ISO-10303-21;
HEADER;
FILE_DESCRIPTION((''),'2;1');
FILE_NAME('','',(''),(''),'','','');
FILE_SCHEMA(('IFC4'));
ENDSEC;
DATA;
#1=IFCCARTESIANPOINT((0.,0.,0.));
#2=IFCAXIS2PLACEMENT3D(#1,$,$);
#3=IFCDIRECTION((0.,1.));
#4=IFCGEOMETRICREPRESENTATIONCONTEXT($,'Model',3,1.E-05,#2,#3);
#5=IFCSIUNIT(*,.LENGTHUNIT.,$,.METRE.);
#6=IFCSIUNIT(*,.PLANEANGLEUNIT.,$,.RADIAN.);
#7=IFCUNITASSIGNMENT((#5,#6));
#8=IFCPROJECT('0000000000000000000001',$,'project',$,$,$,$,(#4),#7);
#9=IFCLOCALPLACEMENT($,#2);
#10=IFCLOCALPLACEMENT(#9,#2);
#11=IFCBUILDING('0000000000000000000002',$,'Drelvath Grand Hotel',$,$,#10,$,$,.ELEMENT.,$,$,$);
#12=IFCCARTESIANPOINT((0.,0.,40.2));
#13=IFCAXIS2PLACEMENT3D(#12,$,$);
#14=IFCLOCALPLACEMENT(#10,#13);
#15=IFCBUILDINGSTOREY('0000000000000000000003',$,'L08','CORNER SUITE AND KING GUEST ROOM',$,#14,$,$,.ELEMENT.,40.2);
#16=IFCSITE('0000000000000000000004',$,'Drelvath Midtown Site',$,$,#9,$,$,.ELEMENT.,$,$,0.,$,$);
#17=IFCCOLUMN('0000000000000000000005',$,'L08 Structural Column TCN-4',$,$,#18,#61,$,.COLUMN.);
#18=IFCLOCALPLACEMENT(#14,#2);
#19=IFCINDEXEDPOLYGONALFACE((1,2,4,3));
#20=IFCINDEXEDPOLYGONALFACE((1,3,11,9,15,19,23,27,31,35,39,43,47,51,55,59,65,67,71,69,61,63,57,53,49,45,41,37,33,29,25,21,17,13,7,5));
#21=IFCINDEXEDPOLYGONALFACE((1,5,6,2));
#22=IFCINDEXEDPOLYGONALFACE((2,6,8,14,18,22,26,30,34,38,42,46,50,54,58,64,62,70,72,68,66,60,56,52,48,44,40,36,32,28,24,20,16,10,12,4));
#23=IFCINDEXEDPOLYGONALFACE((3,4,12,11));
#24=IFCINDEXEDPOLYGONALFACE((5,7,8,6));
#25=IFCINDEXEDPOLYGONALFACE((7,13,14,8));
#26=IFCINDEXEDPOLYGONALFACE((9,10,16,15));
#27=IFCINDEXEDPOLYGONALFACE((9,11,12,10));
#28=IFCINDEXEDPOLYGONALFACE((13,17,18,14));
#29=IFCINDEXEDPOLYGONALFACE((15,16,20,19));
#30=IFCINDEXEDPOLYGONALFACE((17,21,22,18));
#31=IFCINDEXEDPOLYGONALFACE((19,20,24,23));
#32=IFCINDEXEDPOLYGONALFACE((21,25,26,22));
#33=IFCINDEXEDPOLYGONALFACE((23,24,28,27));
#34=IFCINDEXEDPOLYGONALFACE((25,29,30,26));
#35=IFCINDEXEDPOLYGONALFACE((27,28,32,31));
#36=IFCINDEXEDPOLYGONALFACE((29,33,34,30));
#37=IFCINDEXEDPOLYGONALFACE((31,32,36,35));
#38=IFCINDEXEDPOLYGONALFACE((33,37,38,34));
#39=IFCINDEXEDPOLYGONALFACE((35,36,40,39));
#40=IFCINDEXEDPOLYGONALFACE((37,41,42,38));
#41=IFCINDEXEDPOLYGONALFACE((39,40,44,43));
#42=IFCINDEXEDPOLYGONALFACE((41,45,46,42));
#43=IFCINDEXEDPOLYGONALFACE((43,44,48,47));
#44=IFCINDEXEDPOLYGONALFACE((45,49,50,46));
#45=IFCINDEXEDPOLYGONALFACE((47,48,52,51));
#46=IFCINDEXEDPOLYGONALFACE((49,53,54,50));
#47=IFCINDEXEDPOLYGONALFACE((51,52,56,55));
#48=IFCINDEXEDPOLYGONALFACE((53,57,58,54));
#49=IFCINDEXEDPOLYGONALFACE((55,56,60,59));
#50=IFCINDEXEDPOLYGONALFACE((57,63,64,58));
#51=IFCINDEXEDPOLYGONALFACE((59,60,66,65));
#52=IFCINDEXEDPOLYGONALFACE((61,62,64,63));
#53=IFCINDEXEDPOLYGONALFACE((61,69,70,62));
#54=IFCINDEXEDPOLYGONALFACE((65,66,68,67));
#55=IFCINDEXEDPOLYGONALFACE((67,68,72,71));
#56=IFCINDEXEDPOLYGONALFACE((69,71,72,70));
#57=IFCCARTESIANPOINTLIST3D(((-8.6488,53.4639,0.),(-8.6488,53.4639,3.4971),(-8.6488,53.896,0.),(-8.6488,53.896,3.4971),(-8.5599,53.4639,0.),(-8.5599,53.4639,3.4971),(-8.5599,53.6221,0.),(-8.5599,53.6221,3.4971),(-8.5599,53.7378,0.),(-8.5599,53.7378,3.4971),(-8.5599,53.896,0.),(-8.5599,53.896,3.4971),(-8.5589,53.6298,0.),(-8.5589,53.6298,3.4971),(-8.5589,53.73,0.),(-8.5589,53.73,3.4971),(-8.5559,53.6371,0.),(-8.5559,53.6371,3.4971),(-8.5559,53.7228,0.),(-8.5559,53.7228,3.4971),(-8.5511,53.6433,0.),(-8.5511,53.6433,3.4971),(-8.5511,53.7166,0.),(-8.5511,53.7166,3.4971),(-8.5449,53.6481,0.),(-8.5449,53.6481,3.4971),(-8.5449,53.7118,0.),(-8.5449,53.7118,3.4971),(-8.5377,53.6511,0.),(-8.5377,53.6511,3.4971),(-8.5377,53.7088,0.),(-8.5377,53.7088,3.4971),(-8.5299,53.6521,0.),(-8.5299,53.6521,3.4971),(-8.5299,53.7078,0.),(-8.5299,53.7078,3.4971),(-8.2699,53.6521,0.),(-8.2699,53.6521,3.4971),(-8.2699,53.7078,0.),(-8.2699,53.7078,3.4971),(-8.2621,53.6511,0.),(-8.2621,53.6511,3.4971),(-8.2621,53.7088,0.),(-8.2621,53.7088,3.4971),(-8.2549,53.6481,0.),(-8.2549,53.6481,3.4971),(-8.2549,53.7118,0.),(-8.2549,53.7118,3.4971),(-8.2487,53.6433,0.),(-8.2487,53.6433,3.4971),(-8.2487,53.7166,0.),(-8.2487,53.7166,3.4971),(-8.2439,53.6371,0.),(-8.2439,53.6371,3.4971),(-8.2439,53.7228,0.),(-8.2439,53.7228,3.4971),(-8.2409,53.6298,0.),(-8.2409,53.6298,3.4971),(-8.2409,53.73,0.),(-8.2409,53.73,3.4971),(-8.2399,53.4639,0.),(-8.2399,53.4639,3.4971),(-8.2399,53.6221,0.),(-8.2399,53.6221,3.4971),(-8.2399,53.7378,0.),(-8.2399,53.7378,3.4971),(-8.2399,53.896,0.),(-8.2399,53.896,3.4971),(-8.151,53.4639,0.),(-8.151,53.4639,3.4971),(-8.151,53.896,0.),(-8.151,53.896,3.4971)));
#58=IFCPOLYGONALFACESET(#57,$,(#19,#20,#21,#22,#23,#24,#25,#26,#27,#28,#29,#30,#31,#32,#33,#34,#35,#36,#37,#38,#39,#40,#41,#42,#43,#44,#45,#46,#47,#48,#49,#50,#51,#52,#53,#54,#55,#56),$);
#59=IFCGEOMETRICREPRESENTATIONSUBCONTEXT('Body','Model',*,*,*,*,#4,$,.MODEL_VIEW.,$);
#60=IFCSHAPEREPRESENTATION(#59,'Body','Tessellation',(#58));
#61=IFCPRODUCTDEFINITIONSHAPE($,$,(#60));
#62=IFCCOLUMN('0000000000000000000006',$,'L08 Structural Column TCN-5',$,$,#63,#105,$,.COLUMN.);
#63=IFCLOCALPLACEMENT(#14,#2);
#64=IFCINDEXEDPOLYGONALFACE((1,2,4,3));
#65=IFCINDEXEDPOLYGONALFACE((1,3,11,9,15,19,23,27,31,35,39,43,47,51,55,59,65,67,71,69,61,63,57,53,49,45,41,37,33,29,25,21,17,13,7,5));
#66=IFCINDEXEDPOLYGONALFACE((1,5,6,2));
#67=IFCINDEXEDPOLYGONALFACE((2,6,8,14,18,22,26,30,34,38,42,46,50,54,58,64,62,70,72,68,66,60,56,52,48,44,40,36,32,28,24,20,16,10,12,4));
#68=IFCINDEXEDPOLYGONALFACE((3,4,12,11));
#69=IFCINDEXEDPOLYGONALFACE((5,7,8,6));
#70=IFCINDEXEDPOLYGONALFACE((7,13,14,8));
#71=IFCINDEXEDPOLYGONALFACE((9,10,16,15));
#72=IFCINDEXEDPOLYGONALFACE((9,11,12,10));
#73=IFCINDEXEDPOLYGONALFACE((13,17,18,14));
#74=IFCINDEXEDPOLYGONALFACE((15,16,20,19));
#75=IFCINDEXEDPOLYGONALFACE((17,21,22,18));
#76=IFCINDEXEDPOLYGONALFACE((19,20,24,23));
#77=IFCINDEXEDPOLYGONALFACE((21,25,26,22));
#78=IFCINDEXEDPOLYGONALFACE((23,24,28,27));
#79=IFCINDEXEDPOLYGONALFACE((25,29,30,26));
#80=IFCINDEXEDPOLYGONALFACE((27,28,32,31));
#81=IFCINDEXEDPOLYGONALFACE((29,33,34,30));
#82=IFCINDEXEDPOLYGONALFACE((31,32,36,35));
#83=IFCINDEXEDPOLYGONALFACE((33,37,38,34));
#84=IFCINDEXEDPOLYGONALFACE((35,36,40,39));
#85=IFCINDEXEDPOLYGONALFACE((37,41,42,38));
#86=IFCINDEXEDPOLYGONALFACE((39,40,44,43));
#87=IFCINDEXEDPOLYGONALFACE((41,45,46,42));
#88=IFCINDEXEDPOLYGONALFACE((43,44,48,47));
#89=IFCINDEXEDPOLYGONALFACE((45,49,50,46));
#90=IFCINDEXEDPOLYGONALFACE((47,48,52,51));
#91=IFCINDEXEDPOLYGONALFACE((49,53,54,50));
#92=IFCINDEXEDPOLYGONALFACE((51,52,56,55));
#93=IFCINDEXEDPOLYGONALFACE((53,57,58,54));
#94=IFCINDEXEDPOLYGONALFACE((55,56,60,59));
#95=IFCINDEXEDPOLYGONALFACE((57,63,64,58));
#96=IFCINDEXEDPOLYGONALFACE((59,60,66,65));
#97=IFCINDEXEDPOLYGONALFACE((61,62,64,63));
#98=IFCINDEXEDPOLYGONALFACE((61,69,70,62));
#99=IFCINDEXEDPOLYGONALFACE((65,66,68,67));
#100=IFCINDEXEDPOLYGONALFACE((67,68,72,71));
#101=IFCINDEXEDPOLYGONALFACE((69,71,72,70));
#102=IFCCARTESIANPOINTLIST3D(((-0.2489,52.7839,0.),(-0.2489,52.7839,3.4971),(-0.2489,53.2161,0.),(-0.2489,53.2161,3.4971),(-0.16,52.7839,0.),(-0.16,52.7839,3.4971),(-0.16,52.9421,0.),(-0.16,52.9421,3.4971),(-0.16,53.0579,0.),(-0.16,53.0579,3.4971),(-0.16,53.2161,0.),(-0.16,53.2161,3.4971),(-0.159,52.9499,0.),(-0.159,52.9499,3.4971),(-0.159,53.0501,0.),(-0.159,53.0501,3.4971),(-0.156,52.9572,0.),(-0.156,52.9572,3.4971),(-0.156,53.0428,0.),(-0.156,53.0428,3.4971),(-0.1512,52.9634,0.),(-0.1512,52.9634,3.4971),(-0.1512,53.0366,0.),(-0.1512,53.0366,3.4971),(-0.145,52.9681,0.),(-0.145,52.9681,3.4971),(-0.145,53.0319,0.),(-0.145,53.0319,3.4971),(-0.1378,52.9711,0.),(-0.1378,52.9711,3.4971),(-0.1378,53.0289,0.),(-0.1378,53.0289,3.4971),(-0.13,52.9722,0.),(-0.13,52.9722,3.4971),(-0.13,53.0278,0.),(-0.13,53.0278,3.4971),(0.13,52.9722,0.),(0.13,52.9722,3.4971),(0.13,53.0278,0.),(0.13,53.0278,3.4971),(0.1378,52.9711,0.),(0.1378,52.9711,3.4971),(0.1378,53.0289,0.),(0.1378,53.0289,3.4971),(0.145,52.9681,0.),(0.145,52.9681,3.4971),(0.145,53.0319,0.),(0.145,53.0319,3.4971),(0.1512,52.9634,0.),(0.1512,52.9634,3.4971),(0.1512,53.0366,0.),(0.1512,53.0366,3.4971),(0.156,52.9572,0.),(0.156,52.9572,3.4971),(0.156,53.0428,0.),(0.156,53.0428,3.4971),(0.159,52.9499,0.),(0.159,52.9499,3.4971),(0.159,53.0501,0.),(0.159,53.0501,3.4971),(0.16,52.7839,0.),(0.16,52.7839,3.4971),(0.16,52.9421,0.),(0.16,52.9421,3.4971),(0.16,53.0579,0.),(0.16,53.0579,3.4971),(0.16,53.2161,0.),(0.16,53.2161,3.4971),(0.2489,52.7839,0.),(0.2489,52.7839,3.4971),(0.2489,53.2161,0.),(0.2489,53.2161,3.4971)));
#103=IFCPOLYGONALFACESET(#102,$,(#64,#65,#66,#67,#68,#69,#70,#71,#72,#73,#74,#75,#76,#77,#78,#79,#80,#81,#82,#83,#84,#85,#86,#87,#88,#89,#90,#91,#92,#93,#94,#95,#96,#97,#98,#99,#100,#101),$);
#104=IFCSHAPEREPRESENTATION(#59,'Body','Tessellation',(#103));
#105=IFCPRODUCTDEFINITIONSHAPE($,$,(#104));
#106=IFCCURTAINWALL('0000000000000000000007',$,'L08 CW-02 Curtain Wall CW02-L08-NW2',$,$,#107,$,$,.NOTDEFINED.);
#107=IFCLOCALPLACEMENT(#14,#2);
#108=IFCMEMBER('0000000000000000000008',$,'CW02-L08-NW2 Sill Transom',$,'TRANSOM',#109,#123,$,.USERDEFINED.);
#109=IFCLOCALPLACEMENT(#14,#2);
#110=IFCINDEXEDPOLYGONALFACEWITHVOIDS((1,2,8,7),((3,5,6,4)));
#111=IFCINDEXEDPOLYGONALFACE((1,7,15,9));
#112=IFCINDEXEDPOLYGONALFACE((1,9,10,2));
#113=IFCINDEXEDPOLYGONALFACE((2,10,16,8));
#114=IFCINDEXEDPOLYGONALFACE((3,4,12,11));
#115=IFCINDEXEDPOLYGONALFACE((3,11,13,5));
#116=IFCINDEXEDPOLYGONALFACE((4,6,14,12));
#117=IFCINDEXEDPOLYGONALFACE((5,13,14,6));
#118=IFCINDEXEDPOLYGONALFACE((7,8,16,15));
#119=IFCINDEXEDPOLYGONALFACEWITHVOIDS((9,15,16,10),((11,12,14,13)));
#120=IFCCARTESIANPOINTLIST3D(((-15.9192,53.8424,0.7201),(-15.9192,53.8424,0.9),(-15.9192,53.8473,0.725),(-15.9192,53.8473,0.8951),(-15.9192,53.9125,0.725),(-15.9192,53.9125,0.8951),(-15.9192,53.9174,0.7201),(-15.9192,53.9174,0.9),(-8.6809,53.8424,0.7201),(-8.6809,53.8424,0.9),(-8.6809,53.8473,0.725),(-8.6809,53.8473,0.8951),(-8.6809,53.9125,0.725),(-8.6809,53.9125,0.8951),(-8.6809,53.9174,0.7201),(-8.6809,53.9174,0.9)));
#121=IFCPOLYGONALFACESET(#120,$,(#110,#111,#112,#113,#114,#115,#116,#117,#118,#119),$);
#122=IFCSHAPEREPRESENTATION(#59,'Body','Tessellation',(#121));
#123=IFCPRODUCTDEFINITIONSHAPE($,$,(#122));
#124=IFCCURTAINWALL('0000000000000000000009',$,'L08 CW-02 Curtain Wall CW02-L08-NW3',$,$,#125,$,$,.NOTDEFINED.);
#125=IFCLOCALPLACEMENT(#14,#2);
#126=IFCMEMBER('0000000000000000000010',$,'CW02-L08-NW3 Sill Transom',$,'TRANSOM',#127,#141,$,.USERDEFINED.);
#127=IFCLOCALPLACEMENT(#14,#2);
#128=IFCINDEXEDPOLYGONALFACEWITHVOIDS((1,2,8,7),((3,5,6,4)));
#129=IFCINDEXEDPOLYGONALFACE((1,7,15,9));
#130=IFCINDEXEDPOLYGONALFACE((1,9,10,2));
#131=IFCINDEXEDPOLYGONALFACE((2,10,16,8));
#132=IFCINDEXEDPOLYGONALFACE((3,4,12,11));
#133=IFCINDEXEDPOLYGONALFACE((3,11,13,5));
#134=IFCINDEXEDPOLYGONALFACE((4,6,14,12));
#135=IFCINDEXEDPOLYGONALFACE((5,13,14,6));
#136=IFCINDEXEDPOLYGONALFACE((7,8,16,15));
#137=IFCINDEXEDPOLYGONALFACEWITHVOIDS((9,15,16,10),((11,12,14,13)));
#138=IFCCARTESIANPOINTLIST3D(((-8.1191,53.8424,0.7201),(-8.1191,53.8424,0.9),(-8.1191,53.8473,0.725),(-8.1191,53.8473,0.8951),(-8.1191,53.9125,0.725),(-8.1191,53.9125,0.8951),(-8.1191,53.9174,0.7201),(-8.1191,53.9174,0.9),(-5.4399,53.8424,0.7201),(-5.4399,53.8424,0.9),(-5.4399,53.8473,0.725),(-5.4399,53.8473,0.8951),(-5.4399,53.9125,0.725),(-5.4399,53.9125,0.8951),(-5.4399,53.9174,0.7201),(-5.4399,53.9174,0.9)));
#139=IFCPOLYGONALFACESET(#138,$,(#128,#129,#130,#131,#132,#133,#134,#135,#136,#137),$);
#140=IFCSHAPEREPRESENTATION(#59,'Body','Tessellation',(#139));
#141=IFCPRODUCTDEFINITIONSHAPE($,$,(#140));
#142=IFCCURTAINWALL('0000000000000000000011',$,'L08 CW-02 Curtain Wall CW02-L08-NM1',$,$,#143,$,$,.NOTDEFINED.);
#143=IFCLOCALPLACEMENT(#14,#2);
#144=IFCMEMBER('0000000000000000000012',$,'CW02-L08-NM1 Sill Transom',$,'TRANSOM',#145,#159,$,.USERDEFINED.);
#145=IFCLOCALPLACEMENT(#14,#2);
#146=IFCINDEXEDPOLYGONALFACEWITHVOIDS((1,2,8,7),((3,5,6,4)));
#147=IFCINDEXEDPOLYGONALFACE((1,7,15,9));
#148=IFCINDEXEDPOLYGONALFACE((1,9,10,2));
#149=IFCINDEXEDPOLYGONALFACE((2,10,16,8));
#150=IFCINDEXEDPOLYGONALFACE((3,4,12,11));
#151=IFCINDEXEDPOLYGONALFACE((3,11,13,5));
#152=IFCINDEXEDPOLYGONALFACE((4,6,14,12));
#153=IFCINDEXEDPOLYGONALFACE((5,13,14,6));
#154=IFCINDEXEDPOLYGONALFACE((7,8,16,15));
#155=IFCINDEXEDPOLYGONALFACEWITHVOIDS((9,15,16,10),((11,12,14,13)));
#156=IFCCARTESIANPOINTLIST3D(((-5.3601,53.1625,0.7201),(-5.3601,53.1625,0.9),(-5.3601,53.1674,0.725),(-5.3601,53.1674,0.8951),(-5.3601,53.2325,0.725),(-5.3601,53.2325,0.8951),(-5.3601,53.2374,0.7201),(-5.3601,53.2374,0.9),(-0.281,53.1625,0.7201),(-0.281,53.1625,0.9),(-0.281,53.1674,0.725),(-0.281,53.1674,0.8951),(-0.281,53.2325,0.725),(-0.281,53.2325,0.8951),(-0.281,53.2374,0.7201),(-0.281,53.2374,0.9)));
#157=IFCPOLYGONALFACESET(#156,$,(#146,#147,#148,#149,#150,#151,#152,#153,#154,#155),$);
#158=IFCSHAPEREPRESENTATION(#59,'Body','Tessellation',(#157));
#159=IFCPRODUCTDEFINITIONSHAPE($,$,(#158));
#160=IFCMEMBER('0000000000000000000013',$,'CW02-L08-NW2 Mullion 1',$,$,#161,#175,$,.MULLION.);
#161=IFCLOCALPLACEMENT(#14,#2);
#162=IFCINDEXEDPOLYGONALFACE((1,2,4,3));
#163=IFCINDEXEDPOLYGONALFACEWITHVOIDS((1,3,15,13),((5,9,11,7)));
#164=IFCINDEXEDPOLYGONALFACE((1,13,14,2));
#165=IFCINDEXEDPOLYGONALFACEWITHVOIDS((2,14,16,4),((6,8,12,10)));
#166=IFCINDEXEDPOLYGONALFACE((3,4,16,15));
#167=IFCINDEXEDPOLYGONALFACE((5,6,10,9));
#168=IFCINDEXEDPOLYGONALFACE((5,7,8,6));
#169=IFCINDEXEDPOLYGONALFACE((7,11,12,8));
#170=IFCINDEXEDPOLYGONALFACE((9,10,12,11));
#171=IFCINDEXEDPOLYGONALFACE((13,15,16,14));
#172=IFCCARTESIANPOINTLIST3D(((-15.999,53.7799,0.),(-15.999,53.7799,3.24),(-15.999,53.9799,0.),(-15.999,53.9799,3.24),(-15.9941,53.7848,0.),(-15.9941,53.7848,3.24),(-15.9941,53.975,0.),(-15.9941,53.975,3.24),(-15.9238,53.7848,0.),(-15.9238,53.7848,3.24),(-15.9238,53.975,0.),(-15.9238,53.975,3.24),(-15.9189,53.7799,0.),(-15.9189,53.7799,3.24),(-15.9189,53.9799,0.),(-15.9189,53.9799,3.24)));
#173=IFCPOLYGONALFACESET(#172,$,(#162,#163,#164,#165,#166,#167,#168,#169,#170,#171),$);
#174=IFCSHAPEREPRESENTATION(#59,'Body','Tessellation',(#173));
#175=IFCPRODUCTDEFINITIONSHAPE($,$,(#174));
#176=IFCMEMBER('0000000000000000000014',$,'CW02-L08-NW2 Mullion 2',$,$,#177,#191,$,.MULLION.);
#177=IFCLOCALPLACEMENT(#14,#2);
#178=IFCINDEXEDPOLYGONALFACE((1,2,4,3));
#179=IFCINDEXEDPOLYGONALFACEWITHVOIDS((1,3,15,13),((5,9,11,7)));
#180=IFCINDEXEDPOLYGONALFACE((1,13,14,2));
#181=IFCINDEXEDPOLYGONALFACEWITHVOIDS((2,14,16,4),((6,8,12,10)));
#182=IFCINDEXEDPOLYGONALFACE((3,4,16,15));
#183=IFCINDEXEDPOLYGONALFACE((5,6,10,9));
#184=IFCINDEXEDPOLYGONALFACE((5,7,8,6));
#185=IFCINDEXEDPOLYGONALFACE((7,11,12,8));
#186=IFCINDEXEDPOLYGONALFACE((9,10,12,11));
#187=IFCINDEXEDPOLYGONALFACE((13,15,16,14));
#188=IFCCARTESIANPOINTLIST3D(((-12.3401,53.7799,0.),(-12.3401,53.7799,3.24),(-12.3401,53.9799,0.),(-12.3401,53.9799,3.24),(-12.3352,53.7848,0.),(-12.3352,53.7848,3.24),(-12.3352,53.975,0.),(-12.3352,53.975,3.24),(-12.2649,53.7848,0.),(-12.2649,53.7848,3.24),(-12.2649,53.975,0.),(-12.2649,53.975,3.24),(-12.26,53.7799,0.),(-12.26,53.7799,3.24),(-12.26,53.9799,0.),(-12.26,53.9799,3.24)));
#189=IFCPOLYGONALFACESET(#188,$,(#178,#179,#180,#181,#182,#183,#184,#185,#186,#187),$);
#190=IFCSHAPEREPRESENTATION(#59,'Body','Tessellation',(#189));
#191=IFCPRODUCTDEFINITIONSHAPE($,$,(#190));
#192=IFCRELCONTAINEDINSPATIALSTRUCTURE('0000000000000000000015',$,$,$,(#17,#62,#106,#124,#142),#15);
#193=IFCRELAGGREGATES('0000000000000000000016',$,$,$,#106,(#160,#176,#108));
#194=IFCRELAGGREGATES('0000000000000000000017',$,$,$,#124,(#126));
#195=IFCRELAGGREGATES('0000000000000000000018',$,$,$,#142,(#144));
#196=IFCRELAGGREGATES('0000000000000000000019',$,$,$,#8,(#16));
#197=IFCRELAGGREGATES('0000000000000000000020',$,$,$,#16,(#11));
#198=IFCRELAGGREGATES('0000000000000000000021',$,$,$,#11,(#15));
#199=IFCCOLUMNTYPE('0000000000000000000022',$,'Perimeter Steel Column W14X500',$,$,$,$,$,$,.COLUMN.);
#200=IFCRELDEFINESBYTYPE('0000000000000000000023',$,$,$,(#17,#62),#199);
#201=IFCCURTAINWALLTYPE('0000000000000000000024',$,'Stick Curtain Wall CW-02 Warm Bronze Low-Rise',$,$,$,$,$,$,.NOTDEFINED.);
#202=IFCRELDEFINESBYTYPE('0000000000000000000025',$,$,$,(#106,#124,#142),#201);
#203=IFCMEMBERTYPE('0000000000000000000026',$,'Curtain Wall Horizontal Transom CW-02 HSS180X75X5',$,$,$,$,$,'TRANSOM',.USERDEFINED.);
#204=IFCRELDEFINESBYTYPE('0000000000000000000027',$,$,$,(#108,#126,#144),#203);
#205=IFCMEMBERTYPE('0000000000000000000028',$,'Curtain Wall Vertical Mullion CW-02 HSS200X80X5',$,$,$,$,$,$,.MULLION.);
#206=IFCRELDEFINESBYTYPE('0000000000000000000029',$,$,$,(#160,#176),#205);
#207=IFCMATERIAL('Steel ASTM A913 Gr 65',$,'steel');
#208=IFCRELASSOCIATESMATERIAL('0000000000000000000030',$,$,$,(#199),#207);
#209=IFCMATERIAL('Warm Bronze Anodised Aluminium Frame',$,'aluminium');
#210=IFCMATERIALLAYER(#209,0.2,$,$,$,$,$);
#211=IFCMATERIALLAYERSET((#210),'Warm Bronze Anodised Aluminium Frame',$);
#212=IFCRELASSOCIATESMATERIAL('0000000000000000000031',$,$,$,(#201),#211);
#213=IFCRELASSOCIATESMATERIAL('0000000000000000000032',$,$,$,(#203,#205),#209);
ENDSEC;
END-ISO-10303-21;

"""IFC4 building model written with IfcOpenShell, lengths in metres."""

from ifc_helpers import new_model, si_unit, direction, frame, origin, origin_2d, place, context, subcontext, project, spatial, hollow_rectangle, i_section, extrude, material, layer, layer_set, material_profile, profile_set, type_object, element, aggregate, save


model = new_model("IFC4")

# Units and contexts
model_context = context("Model", 3, precision=1e-05, world=origin(), true_north=direction((0.0, 1.0)))
body_context = subcontext(model_context, "Body", "Model", "MODEL_VIEW")
ifc_project = project(units=[si_unit("LENGTHUNIT", "METRE"), si_unit("PLANEANGLEUNIT", "RADIAN")], contexts=[model_context])

# Site, building, storey
site_placement = place(None, origin())
site = spatial("IfcSite", under=ifc_project, at=site_placement, Name="Drelvath Midtown Site", CompositionType="ELEMENT", RefElevation=0.0)
building_placement = place(site_placement, origin())
building = spatial("IfcBuilding", under=site, at=building_placement, Name="Drelvath Grand Hotel", CompositionType="ELEMENT")
storey_placement = place(building_placement, frame((0.0, 0.0, 40.2)))
storey = spatial("IfcBuildingStorey", under=building, at=storey_placement, Name="L08", Description="CORNER SUITE AND KING GUEST ROOM", CompositionType="ELEMENT", Elevation=40.2)

# Columns
ifc_material_1 = material(Name="Steel ASTM A913 Gr 65", Category="steel")
ifc_material_profile_1 = material_profile(ifc_material_1, i_section(OverallWidth=0.4321, OverallDepth=0.4978, WebThickness=0.0557, FlangeThickness=0.0889, FilletRadius=0.03, at=origin_2d()), Name="W14X500")
ifc_profile_set_1 = profile_set([ifc_material_profile_1], Name="Steel ASTM A913 Gr 65")
column_type = type_object("IfcColumnType", Name="Perimeter Steel Column W14X500", PredefinedType="COLUMN", material=ifc_profile_set_1)
for number, where, z_axis, x_axis, name in (
    (1, (-8.3999, 53.6799, 0.0), (0.0, 0.0, 1.0), (0.0, 1.0, 0.0), "L08 Structural Column TCN-4"),
    (2, (0.0, 53.0, 0.0), (0.0, 0.0, 1.0), (0.0, 1.0, 0.0), "L08 Structural Column TCN-5"),
):
    element("IfcColumn", number, at=place(storey_placement, frame(where, z_axis=z_axis, x_axis=x_axis)), inside=storey, type_object=column_type, Name=name, PredefinedType="COLUMN", context=body_context, shape_type="SweptSolid", body=[
        extrude(i_section(OverallWidth=0.4321, OverallDepth=0.4978, WebThickness=0.0557, FlangeThickness=0.0889, FilletRadius=0.03, at=origin_2d()), origin(), (0.0, 0.0, 1.0), 3.4971),
    ])

# Curtain walls, members
ifc_material_2 = material(Name="Warm Bronze Anodised Aluminium Frame", Category="aluminium")
ifc_layer_1 = layer(ifc_material_2, 0.2)
ifc_layer_set_1 = layer_set([ifc_layer_1], Name="Warm Bronze Anodised Aluminium Frame")
curtain_wall_type = type_object("IfcCurtainWallType", Name="Stick Curtain Wall CW-02 Warm Bronze Low-Rise", PredefinedType="NOTDEFINED", material=ifc_layer_set_1)
curtain_wall_1_placement = place(storey_placement, origin())
curtain_wall_1 = element("IfcCurtainWall", 3, at=curtain_wall_1_placement, inside=storey, type_object=curtain_wall_type, Name="L08 CW-02 Curtain Wall CW02-L08-NW2", PredefinedType="NOTDEFINED")
ifc_material_profile_2 = material_profile(ifc_material_2, hollow_rectangle(XDim=0.075, YDim=0.1799, WallThickness=0.0049, at=origin_2d()), Name="HSS180X75X5")
ifc_profile_set_2 = profile_set([ifc_material_profile_2], Name="Warm Bronze Anodised Aluminium Frame")
member_type_1 = type_object("IfcMemberType", Name="Curtain Wall Horizontal Transom CW-02 HSS180X75X5", ElementType="TRANSOM", PredefinedType="USERDEFINED", material=ifc_profile_set_2)
member_1_placement = place(storey_placement, frame((-15.9192, 53.8799, 0.8101), z_axis=(1.0, 0.0, 0.0), x_axis=(0.0, 1.0, 0.0)))
member_1 = element("IfcMember", 4, at=member_1_placement, type_object=member_type_1, Name="CW02-L08-NW2 Sill Transom", ObjectType="TRANSOM", PredefinedType="USERDEFINED", context=body_context, shape_type="SweptSolid", body=[
    extrude(hollow_rectangle(XDim=0.075, YDim=0.1799, WallThickness=0.0049, at=origin_2d()), origin(), (0.0, 0.0, 1.0), 7.2383),
])
curtain_wall_2_placement = place(storey_placement, origin())
curtain_wall_2 = element("IfcCurtainWall", 5, at=curtain_wall_2_placement, inside=storey, type_object=curtain_wall_type, Name="L08 CW-02 Curtain Wall CW02-L08-NW3", PredefinedType="NOTDEFINED")
member_2_placement = place(storey_placement, frame((-8.1191, 53.8799, 0.8101), z_axis=(1.0, 0.0, 0.0), x_axis=(0.0, 1.0, 0.0)))
member_2 = element("IfcMember", 6, at=member_2_placement, type_object=member_type_1, Name="CW02-L08-NW3 Sill Transom", ObjectType="TRANSOM", PredefinedType="USERDEFINED", context=body_context, shape_type="SweptSolid", body=[
    extrude(hollow_rectangle(XDim=0.075, YDim=0.1799, WallThickness=0.0049, at=origin_2d()), origin(), (0.0, 0.0, 1.0), 2.6792),
])
curtain_wall_3_placement = place(storey_placement, origin())
curtain_wall_3 = element("IfcCurtainWall", 7, at=curtain_wall_3_placement, inside=storey, type_object=curtain_wall_type, Name="L08 CW-02 Curtain Wall CW02-L08-NM1", PredefinedType="NOTDEFINED")
member_3_placement = place(storey_placement, frame((-5.3601, 53.2, 0.8101), z_axis=(1.0, 0.0, 0.0), x_axis=(0.0, 1.0, 0.0)))
member_3 = element("IfcMember", 8, at=member_3_placement, type_object=member_type_1, Name="CW02-L08-NM1 Sill Transom", ObjectType="TRANSOM", PredefinedType="USERDEFINED", context=body_context, shape_type="SweptSolid", body=[
    extrude(hollow_rectangle(XDim=0.075, YDim=0.1799, WallThickness=0.0049, at=origin_2d()), origin(), (0.0, 0.0, 1.0), 5.0791),
])

# Members
ifc_material_profile_3 = material_profile(ifc_material_2, hollow_rectangle(XDim=0.0801, YDim=0.2, WallThickness=0.0049, at=origin_2d()), Name="HSS200X80X5")
ifc_profile_set_3 = profile_set([ifc_material_profile_3], Name="Warm Bronze Anodised Aluminium Frame")
member_type_2 = type_object("IfcMemberType", Name="Curtain Wall Vertical Mullion CW-02 HSS200X80X5", PredefinedType="MULLION", material=ifc_profile_set_3)
member_4_placement = place(storey_placement, frame((-15.959, 53.8799, 0.0), z_axis=(0.0, 0.0, 1.0), x_axis=(1.0, 0.0, 0.0)))
member_4 = element("IfcMember", 9, at=member_4_placement, type_object=member_type_2, Name="CW02-L08-NW2 Mullion 1", PredefinedType="MULLION", context=body_context, shape_type="SweptSolid", body=[
    extrude(hollow_rectangle(XDim=0.0801, YDim=0.2, WallThickness=0.0049, at=origin_2d()), origin(), (0.0, 0.0, 1.0), 3.24),
])
member_5_placement = place(storey_placement, frame((-12.3, 53.8799, 0.0), z_axis=(0.0, 0.0, 1.0), x_axis=(1.0, 0.0, 0.0)))
member_5 = element("IfcMember", 10, at=member_5_placement, type_object=member_type_2, Name="CW02-L08-NW2 Mullion 2", PredefinedType="MULLION", context=body_context, shape_type="SweptSolid", body=[
    extrude(hollow_rectangle(XDim=0.0801, YDim=0.2, WallThickness=0.0049, at=origin_2d()), origin(), (0.0, 0.0, 1.0), 3.24),
])

aggregate(curtain_wall_1, [member_4, member_5, member_1])
aggregate(curtain_wall_2, [member_2])
aggregate(curtain_wall_3, [member_3])

save(model, "model.ifc")
